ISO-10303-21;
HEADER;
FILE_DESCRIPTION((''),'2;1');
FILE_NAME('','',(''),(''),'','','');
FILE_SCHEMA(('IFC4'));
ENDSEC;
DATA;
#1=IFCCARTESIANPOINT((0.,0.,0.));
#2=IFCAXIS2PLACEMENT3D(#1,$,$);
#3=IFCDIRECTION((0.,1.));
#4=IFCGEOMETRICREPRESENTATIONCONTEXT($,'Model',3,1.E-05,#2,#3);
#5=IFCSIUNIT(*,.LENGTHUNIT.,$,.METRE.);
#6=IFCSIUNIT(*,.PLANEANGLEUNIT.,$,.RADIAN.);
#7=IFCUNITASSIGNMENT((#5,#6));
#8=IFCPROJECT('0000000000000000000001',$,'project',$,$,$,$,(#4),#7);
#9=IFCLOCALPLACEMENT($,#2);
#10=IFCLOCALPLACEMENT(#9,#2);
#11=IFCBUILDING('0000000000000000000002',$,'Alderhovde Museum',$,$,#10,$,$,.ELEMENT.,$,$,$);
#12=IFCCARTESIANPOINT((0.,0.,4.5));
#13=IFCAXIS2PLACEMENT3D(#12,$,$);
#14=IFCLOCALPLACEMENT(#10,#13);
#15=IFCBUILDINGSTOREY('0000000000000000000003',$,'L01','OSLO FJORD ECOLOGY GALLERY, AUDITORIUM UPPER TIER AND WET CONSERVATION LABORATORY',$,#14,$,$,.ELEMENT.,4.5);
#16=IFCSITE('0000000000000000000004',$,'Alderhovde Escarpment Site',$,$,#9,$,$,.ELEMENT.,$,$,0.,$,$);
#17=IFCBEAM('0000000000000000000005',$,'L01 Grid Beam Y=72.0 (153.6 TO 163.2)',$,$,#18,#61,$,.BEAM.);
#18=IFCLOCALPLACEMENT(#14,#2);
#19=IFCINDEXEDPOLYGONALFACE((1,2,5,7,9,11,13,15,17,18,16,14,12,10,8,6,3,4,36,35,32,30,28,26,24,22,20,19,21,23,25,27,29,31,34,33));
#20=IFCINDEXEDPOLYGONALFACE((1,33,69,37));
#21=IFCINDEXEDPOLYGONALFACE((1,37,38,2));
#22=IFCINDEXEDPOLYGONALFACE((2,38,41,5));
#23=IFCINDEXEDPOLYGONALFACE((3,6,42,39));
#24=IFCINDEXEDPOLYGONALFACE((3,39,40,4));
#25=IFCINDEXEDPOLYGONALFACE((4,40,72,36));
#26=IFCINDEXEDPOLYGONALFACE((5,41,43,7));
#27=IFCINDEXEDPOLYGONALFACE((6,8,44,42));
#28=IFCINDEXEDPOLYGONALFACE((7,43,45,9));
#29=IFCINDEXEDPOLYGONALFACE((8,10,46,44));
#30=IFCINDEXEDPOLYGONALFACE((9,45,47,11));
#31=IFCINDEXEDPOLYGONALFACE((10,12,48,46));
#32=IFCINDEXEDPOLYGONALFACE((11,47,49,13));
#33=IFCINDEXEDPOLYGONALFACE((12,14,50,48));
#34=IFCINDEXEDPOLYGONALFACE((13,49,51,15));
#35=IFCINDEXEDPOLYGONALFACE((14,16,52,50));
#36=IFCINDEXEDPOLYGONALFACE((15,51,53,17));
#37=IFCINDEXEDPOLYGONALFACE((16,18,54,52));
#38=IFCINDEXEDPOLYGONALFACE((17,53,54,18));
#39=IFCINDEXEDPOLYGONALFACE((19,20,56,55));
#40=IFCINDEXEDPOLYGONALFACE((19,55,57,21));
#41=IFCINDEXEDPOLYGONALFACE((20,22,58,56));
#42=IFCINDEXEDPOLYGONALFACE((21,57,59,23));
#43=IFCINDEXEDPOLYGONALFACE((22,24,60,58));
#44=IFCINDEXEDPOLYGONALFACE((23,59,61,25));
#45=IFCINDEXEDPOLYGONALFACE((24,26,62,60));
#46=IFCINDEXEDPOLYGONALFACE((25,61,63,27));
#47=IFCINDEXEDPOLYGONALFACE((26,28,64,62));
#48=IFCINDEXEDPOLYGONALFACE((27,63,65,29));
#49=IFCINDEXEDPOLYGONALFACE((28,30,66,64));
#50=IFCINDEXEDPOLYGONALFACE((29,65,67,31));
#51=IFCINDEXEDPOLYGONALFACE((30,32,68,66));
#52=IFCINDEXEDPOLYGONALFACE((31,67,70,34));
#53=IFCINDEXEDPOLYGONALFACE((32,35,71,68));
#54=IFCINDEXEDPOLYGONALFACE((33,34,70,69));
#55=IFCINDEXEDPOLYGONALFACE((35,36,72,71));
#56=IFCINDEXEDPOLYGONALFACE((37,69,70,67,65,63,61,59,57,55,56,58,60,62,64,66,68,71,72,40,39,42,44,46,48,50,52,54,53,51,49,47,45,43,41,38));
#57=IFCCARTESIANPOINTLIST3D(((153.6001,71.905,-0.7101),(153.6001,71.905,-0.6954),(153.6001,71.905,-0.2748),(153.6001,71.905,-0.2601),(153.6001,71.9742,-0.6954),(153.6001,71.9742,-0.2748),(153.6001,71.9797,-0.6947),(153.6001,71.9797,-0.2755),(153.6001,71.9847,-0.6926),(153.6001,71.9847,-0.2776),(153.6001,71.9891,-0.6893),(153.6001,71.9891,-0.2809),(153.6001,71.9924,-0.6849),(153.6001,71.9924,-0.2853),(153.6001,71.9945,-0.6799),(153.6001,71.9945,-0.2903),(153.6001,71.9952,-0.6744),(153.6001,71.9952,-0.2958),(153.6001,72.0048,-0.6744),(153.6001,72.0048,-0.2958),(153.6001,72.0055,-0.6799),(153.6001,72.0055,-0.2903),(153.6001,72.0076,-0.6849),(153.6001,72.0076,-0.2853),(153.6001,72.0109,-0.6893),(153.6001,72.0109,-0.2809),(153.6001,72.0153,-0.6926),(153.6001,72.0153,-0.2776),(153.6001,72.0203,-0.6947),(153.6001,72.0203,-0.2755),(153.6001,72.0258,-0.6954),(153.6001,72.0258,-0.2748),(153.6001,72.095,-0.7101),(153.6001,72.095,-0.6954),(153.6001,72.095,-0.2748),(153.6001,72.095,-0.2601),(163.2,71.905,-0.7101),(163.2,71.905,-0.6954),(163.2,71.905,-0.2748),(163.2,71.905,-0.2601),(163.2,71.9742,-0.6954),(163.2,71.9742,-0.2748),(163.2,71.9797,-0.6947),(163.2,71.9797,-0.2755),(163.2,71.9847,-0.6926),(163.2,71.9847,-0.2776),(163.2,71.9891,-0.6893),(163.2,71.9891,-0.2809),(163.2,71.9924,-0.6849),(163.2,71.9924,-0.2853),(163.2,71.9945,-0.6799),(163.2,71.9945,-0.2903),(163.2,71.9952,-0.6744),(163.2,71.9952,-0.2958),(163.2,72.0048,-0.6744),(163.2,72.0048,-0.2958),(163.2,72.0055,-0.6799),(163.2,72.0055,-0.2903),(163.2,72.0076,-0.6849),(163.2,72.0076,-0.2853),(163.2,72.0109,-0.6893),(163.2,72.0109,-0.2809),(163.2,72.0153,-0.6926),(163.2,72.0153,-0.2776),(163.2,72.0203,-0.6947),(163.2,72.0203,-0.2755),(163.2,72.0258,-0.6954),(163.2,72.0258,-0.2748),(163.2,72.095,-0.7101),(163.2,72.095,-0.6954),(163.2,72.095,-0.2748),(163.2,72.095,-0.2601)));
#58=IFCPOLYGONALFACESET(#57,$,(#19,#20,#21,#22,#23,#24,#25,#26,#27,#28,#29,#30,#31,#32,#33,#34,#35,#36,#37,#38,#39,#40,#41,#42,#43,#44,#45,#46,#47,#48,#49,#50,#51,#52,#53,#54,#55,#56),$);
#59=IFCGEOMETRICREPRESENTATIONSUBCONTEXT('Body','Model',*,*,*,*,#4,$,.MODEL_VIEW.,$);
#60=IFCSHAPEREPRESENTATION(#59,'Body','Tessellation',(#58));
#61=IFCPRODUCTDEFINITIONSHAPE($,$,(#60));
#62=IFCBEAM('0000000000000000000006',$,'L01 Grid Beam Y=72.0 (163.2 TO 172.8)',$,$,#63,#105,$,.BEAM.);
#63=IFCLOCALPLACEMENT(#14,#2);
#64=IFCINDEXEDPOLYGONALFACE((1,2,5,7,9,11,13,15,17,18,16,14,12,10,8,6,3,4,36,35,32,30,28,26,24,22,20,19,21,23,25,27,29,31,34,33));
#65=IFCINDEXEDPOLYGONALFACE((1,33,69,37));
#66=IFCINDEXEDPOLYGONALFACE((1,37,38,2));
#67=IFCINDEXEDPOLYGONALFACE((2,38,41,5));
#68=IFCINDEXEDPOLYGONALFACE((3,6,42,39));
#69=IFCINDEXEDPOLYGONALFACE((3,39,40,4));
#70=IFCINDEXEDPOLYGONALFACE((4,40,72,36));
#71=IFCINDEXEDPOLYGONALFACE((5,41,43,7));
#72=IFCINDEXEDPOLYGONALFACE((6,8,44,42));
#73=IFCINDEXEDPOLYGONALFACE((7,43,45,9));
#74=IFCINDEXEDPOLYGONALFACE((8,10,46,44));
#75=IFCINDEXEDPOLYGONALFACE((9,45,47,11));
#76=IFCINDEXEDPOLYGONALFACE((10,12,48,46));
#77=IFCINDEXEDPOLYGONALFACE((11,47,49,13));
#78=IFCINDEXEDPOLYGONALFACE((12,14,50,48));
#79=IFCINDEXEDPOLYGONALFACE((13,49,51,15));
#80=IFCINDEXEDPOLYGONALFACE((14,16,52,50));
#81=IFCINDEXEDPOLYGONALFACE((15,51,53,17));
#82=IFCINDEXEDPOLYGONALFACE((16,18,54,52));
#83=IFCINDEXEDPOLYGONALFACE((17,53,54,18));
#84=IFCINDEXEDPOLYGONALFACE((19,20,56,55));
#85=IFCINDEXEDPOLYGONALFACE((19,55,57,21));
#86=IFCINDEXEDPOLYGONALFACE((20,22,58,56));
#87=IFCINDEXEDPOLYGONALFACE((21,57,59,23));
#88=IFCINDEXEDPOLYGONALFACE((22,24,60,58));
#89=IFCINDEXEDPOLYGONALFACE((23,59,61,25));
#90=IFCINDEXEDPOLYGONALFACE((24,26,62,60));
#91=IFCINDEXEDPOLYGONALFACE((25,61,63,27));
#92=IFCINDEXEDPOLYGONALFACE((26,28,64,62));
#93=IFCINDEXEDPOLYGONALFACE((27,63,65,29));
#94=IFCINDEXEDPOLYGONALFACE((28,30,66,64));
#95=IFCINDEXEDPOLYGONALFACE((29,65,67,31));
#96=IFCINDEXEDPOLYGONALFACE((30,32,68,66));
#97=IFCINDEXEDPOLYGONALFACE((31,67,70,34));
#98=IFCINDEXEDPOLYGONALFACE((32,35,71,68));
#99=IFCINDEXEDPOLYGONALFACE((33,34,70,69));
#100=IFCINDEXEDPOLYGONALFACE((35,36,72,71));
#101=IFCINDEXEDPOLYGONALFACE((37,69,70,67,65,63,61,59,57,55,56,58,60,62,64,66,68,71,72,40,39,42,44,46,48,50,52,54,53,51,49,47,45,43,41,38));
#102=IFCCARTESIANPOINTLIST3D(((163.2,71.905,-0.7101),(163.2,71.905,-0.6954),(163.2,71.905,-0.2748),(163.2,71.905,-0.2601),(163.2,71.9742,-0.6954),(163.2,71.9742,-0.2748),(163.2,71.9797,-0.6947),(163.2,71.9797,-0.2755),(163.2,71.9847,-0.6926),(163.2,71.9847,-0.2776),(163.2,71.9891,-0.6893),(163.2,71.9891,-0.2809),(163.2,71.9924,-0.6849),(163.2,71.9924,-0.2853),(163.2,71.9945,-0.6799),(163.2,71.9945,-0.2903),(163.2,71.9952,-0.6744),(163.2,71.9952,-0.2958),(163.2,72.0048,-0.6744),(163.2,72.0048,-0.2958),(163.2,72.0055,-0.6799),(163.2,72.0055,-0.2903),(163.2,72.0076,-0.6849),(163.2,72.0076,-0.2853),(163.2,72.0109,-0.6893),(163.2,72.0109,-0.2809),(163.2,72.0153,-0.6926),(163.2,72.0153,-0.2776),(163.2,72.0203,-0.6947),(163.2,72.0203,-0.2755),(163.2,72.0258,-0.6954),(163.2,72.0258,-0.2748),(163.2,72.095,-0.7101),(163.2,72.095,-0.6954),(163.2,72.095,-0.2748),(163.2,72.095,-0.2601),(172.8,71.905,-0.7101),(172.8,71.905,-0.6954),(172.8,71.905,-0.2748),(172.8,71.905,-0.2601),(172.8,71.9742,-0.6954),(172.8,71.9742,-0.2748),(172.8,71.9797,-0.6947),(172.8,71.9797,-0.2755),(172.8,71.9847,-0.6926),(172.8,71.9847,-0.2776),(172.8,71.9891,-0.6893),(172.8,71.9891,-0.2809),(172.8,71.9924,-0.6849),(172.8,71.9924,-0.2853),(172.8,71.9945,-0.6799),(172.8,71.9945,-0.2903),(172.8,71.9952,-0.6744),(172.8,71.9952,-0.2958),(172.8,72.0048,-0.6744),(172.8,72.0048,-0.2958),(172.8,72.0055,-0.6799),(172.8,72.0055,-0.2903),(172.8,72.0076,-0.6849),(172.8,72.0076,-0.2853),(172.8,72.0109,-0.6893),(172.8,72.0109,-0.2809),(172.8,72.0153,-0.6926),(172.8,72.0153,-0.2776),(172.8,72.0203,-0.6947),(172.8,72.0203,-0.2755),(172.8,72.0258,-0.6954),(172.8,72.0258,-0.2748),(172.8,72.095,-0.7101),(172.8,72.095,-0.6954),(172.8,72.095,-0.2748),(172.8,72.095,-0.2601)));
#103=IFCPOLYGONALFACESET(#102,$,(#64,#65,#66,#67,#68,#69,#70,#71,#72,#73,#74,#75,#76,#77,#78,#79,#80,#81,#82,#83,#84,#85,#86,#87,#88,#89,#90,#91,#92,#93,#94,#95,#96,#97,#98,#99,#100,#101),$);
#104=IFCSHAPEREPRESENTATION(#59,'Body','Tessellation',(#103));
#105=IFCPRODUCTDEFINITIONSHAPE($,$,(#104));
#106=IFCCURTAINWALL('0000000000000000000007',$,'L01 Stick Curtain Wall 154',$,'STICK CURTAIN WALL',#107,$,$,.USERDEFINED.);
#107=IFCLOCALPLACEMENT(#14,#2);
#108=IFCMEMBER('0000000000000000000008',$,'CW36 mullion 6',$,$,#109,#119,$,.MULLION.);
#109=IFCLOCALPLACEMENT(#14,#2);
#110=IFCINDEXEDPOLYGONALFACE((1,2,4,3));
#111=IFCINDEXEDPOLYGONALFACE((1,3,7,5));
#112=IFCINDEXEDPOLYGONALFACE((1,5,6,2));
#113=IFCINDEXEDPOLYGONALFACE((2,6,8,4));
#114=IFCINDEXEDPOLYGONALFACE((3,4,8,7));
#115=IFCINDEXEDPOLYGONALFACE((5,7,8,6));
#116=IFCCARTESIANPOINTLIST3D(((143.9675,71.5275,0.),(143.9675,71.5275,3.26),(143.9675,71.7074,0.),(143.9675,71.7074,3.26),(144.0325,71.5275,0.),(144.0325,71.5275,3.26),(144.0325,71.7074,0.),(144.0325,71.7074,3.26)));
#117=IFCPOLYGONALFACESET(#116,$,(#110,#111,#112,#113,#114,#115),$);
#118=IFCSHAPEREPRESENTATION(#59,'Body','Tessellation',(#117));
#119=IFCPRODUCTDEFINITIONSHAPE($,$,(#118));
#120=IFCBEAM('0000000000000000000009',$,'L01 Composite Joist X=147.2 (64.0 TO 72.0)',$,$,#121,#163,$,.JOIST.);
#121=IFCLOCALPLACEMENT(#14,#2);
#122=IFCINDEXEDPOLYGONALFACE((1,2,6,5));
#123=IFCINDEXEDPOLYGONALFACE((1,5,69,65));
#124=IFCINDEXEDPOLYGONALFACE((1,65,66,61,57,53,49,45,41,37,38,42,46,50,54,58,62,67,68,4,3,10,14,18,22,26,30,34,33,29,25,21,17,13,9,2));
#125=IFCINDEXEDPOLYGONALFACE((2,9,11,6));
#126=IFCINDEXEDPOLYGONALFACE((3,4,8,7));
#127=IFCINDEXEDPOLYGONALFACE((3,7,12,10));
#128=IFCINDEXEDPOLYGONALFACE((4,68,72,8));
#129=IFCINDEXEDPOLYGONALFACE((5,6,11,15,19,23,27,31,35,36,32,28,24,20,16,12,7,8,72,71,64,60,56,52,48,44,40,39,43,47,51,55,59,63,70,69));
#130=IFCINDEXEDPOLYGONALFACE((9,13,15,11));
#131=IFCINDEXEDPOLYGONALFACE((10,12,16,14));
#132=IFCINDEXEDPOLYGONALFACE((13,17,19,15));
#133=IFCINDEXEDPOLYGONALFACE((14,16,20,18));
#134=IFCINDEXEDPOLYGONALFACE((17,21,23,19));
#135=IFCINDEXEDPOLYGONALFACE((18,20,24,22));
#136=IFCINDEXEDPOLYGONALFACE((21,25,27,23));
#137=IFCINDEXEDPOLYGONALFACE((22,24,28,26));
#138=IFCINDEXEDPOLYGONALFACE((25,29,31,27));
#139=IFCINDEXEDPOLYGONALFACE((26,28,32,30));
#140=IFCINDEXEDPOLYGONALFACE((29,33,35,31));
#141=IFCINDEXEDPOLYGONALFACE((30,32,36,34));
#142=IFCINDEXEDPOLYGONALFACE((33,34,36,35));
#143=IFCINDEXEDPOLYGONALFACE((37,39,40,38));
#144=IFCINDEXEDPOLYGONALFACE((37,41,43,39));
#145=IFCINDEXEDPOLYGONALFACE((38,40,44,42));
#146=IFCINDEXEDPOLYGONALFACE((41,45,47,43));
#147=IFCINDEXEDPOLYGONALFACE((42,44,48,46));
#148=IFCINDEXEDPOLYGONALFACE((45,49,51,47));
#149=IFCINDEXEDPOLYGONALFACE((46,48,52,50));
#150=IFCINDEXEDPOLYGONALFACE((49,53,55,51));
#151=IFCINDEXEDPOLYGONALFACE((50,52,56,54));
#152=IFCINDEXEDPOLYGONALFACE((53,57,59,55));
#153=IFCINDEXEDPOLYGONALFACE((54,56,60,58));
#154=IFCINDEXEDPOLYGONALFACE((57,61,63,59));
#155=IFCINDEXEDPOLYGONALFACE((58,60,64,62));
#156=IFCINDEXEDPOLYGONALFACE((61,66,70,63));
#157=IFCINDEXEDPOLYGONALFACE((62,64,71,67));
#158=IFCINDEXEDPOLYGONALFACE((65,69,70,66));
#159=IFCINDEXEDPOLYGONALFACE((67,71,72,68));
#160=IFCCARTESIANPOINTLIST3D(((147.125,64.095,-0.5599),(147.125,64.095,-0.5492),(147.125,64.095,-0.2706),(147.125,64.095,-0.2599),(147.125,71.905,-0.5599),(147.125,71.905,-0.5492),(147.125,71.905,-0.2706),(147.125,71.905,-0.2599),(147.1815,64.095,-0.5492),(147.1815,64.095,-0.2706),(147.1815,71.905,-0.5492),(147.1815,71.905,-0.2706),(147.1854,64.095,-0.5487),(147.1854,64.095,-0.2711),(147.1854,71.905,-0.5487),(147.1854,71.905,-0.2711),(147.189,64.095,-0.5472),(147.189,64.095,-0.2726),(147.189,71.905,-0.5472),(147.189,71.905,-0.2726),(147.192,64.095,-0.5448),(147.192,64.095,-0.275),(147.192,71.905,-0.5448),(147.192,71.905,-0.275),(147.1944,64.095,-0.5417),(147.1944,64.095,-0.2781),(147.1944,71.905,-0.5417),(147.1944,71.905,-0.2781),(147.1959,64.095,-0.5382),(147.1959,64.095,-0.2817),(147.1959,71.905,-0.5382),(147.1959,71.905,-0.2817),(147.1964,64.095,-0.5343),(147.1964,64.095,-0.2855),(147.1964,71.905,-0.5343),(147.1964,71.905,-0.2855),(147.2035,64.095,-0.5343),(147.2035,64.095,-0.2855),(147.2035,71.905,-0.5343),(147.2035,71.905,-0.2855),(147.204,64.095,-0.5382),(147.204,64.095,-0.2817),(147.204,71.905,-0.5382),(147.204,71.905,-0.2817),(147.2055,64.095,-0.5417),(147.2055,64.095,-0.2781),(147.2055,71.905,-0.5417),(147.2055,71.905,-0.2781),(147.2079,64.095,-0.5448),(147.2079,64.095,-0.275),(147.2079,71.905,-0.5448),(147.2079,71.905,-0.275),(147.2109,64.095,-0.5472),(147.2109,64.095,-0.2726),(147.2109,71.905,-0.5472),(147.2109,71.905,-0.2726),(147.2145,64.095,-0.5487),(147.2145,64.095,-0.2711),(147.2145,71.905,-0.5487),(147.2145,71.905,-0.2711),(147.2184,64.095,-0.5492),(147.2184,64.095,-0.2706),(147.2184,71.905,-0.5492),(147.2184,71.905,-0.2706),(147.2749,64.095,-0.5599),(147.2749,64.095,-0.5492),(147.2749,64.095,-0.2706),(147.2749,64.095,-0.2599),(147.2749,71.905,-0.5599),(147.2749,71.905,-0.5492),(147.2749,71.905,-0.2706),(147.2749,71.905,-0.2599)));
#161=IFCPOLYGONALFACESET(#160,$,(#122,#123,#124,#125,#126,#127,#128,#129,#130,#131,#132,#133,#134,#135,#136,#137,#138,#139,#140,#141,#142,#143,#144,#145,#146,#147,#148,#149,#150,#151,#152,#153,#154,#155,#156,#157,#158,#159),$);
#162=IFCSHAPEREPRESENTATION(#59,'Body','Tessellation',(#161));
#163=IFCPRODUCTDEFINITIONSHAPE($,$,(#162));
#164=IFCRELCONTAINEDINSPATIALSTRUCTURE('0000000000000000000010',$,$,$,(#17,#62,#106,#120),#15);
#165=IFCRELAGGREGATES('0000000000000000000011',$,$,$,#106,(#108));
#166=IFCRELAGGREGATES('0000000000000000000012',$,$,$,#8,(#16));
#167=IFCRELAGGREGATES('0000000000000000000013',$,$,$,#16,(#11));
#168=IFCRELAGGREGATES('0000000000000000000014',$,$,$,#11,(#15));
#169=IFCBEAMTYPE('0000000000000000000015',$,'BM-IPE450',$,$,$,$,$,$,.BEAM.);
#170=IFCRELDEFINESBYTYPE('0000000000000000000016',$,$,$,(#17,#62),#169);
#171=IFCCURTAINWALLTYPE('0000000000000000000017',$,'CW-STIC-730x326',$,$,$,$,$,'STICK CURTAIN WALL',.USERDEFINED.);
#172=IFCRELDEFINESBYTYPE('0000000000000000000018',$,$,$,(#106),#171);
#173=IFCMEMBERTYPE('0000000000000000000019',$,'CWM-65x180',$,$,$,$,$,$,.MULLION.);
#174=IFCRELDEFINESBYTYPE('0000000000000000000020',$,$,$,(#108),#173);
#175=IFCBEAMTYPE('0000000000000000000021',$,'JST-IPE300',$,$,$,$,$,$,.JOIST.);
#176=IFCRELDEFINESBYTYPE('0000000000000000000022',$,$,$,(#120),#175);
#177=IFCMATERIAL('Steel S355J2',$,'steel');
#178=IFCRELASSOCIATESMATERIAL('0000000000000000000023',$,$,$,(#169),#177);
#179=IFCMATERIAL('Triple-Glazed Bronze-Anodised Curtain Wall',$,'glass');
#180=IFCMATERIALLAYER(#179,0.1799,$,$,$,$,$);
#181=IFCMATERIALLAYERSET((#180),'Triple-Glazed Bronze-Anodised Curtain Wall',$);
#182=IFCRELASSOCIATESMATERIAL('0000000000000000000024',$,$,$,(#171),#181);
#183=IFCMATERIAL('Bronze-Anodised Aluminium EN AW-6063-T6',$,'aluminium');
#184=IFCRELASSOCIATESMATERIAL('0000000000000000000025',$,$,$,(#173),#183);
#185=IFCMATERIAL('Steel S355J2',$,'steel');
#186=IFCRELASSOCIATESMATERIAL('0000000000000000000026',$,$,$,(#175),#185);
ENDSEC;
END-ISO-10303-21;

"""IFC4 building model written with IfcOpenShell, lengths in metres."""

from ifc_helpers import new_model, si_unit, direction, frame, origin, origin_2d, place, context, subcontext, project, spatial, rectangle, i_section, extrude, material, layer, layer_set, material_profile, profile_set, type_object, element, aggregate, save


model = new_model("IFC4")

# Units and contexts
model_context = context("Model", 3, precision=1e-05, world=origin(), true_north=direction((0.0, 1.0)))
body_context = subcontext(model_context, "Body", "Model", "MODEL_VIEW")
ifc_project = project(units=[si_unit("LENGTHUNIT", "METRE"), si_unit("PLANEANGLEUNIT", "RADIAN")], contexts=[model_context])

# Site, building, storey
site_placement = place(None, origin())
site = spatial("IfcSite", under=ifc_project, at=site_placement, Name="Alderhovde Escarpment Site", CompositionType="ELEMENT", RefElevation=0.0)
building_placement = place(site_placement, origin())
building = spatial("IfcBuilding", under=site, at=building_placement, Name="Alderhovde Museum", CompositionType="ELEMENT")
storey_placement = place(building_placement, frame((0.0, 0.0, 4.5)))
storey = spatial("IfcBuildingStorey", under=building, at=storey_placement, Name="L01", Description="OSLO FJORD ECOLOGY GALLERY, AUDITORIUM UPPER TIER AND WET CONSERVATION LABORATORY", CompositionType="ELEMENT", Elevation=4.5)

# Beams
ifc_material_1 = material(Name="Steel S355J2", Category="steel")
ifc_material_profile_1 = material_profile(ifc_material_1, i_section(OverallWidth=0.1899, OverallDepth=0.45, WebThickness=0.0095, FlangeThickness=0.0146, FilletRadius=0.021, at=origin_2d()), Name="IPE 450")
ifc_profile_set_1 = profile_set([ifc_material_profile_1], Name="Steel S355J2")
beam_type_1 = type_object("IfcBeamType", Name="BM-IPE450", PredefinedType="BEAM", material=ifc_profile_set_1)
beam_1_placement = place(storey_placement, frame((153.6001, 72.0, -0.4851), z_axis=(1.0, 0.0, 0.0), x_axis=(0.0, 1.0, 0.0)))
element("IfcBeam", 1, at=beam_1_placement, inside=storey, type_object=beam_type_1, Name="L01 Grid Beam Y=72.0 (153.6 TO 163.2)", PredefinedType="BEAM", context=body_context, shape_type="SweptSolid", body=[
    extrude(i_section(OverallWidth=0.1899, OverallDepth=0.45, WebThickness=0.0095, FlangeThickness=0.0146, FilletRadius=0.021, at=origin_2d()), origin(), (0.0, 0.0, 1.0), 9.5999),
])
beam_2_placement = place(storey_placement, frame((163.2, 72.0, -0.4851), z_axis=(1.0, 0.0, 0.0), x_axis=(0.0, 1.0, 0.0)))
element("IfcBeam", 2, at=beam_2_placement, inside=storey, type_object=beam_type_1, Name="L01 Grid Beam Y=72.0 (163.2 TO 172.8)", PredefinedType="BEAM", context=body_context, shape_type="SweptSolid", body=[
    extrude(i_section(OverallWidth=0.1899, OverallDepth=0.45, WebThickness=0.0095, FlangeThickness=0.0146, FilletRadius=0.021, at=origin_2d()), origin(), (0.0, 0.0, 1.0), 9.6001),
])

# Curtain wall, member
ifc_material_2 = material(Name="Triple-Glazed Bronze-Anodised Curtain Wall", Category="glass")
ifc_layer_1 = layer(ifc_material_2, 0.1799)
ifc_layer_set_1 = layer_set([ifc_layer_1], Name="Triple-Glazed Bronze-Anodised Curtain Wall")
curtain_wall_type = type_object("IfcCurtainWallType", Name="CW-STIC-730x326", ElementType="STICK CURTAIN WALL", PredefinedType="USERDEFINED", material=ifc_layer_set_1)
curtain_wall_placement = place(storey_placement, origin())
curtain_wall = element("IfcCurtainWall", 3, at=curtain_wall_placement, inside=storey, type_object=curtain_wall_type, Name="L01 Stick Curtain Wall 154", ObjectType="STICK CURTAIN WALL", PredefinedType="USERDEFINED")
ifc_material_3 = material(Name="Bronze-Anodised Aluminium EN AW-6063-T6", Category="aluminium")
ifc_material_profile_2 = material_profile(ifc_material_3, rectangle(XDim=0.0649, YDim=0.1799, at=origin_2d()), Name="MULLION 65x180")
ifc_profile_set_2 = profile_set([ifc_material_profile_2], Name="Bronze-Anodised Aluminium EN AW-6063-T6")
member_type = type_object("IfcMemberType", Name="CWM-65x180", PredefinedType="MULLION", material=ifc_profile_set_2)
member_placement = place(storey_placement, frame((144.0, 71.6174, 0.0), z_axis=(0.0, 0.0, 1.0), x_axis=(-1.0, 0.0, 0.0)))
member = element("IfcMember", 4, at=member_placement, type_object=member_type, Name="CW36 mullion 6", PredefinedType="MULLION", context=body_context, shape_type="SweptSolid", body=[
    extrude(rectangle(XDim=0.0649, YDim=0.1799, at=origin_2d()), origin(), (0.0, 0.0, 1.0), 3.26),
])

# Beam
ifc_material_4 = material(Name="Steel S355J2", Category="steel")
ifc_material_profile_3 = material_profile(ifc_material_4, i_section(OverallWidth=0.1499, OverallDepth=0.3, WebThickness=0.0071, FlangeThickness=0.0107, FilletRadius=0.0149, at=origin_2d()), Name="IPE 300")
ifc_profile_set_3 = profile_set([ifc_material_profile_3], Name="Steel S355J2")
beam_type_2 = type_object("IfcBeamType", Name="JST-IPE300", PredefinedType="JOIST", material=ifc_profile_set_3)
for number, where, z_axis, x_axis, name in (
    (5, (147.2, 64.095, -0.4099), (0.0, 1.0, 0.0), (-1.0, 0.0, 0.0), "L01 Composite Joist X=147.2 (64.0 TO 72.0)"),
):
    element("IfcBeam", number, at=place(storey_placement, frame(where, z_axis=z_axis, x_axis=x_axis)), inside=storey, type_object=beam_type_2, Name=name, PredefinedType="JOIST", context=body_context, shape_type="SweptSolid", body=[
        extrude(i_section(OverallWidth=0.1499, OverallDepth=0.3, WebThickness=0.0071, FlangeThickness=0.0107, FilletRadius=0.0149, at=origin_2d()), origin(), (0.0, 0.0, 1.0), 7.8101),
    ])

aggregate(curtain_wall, [member])

save(model, "model.ifc")
